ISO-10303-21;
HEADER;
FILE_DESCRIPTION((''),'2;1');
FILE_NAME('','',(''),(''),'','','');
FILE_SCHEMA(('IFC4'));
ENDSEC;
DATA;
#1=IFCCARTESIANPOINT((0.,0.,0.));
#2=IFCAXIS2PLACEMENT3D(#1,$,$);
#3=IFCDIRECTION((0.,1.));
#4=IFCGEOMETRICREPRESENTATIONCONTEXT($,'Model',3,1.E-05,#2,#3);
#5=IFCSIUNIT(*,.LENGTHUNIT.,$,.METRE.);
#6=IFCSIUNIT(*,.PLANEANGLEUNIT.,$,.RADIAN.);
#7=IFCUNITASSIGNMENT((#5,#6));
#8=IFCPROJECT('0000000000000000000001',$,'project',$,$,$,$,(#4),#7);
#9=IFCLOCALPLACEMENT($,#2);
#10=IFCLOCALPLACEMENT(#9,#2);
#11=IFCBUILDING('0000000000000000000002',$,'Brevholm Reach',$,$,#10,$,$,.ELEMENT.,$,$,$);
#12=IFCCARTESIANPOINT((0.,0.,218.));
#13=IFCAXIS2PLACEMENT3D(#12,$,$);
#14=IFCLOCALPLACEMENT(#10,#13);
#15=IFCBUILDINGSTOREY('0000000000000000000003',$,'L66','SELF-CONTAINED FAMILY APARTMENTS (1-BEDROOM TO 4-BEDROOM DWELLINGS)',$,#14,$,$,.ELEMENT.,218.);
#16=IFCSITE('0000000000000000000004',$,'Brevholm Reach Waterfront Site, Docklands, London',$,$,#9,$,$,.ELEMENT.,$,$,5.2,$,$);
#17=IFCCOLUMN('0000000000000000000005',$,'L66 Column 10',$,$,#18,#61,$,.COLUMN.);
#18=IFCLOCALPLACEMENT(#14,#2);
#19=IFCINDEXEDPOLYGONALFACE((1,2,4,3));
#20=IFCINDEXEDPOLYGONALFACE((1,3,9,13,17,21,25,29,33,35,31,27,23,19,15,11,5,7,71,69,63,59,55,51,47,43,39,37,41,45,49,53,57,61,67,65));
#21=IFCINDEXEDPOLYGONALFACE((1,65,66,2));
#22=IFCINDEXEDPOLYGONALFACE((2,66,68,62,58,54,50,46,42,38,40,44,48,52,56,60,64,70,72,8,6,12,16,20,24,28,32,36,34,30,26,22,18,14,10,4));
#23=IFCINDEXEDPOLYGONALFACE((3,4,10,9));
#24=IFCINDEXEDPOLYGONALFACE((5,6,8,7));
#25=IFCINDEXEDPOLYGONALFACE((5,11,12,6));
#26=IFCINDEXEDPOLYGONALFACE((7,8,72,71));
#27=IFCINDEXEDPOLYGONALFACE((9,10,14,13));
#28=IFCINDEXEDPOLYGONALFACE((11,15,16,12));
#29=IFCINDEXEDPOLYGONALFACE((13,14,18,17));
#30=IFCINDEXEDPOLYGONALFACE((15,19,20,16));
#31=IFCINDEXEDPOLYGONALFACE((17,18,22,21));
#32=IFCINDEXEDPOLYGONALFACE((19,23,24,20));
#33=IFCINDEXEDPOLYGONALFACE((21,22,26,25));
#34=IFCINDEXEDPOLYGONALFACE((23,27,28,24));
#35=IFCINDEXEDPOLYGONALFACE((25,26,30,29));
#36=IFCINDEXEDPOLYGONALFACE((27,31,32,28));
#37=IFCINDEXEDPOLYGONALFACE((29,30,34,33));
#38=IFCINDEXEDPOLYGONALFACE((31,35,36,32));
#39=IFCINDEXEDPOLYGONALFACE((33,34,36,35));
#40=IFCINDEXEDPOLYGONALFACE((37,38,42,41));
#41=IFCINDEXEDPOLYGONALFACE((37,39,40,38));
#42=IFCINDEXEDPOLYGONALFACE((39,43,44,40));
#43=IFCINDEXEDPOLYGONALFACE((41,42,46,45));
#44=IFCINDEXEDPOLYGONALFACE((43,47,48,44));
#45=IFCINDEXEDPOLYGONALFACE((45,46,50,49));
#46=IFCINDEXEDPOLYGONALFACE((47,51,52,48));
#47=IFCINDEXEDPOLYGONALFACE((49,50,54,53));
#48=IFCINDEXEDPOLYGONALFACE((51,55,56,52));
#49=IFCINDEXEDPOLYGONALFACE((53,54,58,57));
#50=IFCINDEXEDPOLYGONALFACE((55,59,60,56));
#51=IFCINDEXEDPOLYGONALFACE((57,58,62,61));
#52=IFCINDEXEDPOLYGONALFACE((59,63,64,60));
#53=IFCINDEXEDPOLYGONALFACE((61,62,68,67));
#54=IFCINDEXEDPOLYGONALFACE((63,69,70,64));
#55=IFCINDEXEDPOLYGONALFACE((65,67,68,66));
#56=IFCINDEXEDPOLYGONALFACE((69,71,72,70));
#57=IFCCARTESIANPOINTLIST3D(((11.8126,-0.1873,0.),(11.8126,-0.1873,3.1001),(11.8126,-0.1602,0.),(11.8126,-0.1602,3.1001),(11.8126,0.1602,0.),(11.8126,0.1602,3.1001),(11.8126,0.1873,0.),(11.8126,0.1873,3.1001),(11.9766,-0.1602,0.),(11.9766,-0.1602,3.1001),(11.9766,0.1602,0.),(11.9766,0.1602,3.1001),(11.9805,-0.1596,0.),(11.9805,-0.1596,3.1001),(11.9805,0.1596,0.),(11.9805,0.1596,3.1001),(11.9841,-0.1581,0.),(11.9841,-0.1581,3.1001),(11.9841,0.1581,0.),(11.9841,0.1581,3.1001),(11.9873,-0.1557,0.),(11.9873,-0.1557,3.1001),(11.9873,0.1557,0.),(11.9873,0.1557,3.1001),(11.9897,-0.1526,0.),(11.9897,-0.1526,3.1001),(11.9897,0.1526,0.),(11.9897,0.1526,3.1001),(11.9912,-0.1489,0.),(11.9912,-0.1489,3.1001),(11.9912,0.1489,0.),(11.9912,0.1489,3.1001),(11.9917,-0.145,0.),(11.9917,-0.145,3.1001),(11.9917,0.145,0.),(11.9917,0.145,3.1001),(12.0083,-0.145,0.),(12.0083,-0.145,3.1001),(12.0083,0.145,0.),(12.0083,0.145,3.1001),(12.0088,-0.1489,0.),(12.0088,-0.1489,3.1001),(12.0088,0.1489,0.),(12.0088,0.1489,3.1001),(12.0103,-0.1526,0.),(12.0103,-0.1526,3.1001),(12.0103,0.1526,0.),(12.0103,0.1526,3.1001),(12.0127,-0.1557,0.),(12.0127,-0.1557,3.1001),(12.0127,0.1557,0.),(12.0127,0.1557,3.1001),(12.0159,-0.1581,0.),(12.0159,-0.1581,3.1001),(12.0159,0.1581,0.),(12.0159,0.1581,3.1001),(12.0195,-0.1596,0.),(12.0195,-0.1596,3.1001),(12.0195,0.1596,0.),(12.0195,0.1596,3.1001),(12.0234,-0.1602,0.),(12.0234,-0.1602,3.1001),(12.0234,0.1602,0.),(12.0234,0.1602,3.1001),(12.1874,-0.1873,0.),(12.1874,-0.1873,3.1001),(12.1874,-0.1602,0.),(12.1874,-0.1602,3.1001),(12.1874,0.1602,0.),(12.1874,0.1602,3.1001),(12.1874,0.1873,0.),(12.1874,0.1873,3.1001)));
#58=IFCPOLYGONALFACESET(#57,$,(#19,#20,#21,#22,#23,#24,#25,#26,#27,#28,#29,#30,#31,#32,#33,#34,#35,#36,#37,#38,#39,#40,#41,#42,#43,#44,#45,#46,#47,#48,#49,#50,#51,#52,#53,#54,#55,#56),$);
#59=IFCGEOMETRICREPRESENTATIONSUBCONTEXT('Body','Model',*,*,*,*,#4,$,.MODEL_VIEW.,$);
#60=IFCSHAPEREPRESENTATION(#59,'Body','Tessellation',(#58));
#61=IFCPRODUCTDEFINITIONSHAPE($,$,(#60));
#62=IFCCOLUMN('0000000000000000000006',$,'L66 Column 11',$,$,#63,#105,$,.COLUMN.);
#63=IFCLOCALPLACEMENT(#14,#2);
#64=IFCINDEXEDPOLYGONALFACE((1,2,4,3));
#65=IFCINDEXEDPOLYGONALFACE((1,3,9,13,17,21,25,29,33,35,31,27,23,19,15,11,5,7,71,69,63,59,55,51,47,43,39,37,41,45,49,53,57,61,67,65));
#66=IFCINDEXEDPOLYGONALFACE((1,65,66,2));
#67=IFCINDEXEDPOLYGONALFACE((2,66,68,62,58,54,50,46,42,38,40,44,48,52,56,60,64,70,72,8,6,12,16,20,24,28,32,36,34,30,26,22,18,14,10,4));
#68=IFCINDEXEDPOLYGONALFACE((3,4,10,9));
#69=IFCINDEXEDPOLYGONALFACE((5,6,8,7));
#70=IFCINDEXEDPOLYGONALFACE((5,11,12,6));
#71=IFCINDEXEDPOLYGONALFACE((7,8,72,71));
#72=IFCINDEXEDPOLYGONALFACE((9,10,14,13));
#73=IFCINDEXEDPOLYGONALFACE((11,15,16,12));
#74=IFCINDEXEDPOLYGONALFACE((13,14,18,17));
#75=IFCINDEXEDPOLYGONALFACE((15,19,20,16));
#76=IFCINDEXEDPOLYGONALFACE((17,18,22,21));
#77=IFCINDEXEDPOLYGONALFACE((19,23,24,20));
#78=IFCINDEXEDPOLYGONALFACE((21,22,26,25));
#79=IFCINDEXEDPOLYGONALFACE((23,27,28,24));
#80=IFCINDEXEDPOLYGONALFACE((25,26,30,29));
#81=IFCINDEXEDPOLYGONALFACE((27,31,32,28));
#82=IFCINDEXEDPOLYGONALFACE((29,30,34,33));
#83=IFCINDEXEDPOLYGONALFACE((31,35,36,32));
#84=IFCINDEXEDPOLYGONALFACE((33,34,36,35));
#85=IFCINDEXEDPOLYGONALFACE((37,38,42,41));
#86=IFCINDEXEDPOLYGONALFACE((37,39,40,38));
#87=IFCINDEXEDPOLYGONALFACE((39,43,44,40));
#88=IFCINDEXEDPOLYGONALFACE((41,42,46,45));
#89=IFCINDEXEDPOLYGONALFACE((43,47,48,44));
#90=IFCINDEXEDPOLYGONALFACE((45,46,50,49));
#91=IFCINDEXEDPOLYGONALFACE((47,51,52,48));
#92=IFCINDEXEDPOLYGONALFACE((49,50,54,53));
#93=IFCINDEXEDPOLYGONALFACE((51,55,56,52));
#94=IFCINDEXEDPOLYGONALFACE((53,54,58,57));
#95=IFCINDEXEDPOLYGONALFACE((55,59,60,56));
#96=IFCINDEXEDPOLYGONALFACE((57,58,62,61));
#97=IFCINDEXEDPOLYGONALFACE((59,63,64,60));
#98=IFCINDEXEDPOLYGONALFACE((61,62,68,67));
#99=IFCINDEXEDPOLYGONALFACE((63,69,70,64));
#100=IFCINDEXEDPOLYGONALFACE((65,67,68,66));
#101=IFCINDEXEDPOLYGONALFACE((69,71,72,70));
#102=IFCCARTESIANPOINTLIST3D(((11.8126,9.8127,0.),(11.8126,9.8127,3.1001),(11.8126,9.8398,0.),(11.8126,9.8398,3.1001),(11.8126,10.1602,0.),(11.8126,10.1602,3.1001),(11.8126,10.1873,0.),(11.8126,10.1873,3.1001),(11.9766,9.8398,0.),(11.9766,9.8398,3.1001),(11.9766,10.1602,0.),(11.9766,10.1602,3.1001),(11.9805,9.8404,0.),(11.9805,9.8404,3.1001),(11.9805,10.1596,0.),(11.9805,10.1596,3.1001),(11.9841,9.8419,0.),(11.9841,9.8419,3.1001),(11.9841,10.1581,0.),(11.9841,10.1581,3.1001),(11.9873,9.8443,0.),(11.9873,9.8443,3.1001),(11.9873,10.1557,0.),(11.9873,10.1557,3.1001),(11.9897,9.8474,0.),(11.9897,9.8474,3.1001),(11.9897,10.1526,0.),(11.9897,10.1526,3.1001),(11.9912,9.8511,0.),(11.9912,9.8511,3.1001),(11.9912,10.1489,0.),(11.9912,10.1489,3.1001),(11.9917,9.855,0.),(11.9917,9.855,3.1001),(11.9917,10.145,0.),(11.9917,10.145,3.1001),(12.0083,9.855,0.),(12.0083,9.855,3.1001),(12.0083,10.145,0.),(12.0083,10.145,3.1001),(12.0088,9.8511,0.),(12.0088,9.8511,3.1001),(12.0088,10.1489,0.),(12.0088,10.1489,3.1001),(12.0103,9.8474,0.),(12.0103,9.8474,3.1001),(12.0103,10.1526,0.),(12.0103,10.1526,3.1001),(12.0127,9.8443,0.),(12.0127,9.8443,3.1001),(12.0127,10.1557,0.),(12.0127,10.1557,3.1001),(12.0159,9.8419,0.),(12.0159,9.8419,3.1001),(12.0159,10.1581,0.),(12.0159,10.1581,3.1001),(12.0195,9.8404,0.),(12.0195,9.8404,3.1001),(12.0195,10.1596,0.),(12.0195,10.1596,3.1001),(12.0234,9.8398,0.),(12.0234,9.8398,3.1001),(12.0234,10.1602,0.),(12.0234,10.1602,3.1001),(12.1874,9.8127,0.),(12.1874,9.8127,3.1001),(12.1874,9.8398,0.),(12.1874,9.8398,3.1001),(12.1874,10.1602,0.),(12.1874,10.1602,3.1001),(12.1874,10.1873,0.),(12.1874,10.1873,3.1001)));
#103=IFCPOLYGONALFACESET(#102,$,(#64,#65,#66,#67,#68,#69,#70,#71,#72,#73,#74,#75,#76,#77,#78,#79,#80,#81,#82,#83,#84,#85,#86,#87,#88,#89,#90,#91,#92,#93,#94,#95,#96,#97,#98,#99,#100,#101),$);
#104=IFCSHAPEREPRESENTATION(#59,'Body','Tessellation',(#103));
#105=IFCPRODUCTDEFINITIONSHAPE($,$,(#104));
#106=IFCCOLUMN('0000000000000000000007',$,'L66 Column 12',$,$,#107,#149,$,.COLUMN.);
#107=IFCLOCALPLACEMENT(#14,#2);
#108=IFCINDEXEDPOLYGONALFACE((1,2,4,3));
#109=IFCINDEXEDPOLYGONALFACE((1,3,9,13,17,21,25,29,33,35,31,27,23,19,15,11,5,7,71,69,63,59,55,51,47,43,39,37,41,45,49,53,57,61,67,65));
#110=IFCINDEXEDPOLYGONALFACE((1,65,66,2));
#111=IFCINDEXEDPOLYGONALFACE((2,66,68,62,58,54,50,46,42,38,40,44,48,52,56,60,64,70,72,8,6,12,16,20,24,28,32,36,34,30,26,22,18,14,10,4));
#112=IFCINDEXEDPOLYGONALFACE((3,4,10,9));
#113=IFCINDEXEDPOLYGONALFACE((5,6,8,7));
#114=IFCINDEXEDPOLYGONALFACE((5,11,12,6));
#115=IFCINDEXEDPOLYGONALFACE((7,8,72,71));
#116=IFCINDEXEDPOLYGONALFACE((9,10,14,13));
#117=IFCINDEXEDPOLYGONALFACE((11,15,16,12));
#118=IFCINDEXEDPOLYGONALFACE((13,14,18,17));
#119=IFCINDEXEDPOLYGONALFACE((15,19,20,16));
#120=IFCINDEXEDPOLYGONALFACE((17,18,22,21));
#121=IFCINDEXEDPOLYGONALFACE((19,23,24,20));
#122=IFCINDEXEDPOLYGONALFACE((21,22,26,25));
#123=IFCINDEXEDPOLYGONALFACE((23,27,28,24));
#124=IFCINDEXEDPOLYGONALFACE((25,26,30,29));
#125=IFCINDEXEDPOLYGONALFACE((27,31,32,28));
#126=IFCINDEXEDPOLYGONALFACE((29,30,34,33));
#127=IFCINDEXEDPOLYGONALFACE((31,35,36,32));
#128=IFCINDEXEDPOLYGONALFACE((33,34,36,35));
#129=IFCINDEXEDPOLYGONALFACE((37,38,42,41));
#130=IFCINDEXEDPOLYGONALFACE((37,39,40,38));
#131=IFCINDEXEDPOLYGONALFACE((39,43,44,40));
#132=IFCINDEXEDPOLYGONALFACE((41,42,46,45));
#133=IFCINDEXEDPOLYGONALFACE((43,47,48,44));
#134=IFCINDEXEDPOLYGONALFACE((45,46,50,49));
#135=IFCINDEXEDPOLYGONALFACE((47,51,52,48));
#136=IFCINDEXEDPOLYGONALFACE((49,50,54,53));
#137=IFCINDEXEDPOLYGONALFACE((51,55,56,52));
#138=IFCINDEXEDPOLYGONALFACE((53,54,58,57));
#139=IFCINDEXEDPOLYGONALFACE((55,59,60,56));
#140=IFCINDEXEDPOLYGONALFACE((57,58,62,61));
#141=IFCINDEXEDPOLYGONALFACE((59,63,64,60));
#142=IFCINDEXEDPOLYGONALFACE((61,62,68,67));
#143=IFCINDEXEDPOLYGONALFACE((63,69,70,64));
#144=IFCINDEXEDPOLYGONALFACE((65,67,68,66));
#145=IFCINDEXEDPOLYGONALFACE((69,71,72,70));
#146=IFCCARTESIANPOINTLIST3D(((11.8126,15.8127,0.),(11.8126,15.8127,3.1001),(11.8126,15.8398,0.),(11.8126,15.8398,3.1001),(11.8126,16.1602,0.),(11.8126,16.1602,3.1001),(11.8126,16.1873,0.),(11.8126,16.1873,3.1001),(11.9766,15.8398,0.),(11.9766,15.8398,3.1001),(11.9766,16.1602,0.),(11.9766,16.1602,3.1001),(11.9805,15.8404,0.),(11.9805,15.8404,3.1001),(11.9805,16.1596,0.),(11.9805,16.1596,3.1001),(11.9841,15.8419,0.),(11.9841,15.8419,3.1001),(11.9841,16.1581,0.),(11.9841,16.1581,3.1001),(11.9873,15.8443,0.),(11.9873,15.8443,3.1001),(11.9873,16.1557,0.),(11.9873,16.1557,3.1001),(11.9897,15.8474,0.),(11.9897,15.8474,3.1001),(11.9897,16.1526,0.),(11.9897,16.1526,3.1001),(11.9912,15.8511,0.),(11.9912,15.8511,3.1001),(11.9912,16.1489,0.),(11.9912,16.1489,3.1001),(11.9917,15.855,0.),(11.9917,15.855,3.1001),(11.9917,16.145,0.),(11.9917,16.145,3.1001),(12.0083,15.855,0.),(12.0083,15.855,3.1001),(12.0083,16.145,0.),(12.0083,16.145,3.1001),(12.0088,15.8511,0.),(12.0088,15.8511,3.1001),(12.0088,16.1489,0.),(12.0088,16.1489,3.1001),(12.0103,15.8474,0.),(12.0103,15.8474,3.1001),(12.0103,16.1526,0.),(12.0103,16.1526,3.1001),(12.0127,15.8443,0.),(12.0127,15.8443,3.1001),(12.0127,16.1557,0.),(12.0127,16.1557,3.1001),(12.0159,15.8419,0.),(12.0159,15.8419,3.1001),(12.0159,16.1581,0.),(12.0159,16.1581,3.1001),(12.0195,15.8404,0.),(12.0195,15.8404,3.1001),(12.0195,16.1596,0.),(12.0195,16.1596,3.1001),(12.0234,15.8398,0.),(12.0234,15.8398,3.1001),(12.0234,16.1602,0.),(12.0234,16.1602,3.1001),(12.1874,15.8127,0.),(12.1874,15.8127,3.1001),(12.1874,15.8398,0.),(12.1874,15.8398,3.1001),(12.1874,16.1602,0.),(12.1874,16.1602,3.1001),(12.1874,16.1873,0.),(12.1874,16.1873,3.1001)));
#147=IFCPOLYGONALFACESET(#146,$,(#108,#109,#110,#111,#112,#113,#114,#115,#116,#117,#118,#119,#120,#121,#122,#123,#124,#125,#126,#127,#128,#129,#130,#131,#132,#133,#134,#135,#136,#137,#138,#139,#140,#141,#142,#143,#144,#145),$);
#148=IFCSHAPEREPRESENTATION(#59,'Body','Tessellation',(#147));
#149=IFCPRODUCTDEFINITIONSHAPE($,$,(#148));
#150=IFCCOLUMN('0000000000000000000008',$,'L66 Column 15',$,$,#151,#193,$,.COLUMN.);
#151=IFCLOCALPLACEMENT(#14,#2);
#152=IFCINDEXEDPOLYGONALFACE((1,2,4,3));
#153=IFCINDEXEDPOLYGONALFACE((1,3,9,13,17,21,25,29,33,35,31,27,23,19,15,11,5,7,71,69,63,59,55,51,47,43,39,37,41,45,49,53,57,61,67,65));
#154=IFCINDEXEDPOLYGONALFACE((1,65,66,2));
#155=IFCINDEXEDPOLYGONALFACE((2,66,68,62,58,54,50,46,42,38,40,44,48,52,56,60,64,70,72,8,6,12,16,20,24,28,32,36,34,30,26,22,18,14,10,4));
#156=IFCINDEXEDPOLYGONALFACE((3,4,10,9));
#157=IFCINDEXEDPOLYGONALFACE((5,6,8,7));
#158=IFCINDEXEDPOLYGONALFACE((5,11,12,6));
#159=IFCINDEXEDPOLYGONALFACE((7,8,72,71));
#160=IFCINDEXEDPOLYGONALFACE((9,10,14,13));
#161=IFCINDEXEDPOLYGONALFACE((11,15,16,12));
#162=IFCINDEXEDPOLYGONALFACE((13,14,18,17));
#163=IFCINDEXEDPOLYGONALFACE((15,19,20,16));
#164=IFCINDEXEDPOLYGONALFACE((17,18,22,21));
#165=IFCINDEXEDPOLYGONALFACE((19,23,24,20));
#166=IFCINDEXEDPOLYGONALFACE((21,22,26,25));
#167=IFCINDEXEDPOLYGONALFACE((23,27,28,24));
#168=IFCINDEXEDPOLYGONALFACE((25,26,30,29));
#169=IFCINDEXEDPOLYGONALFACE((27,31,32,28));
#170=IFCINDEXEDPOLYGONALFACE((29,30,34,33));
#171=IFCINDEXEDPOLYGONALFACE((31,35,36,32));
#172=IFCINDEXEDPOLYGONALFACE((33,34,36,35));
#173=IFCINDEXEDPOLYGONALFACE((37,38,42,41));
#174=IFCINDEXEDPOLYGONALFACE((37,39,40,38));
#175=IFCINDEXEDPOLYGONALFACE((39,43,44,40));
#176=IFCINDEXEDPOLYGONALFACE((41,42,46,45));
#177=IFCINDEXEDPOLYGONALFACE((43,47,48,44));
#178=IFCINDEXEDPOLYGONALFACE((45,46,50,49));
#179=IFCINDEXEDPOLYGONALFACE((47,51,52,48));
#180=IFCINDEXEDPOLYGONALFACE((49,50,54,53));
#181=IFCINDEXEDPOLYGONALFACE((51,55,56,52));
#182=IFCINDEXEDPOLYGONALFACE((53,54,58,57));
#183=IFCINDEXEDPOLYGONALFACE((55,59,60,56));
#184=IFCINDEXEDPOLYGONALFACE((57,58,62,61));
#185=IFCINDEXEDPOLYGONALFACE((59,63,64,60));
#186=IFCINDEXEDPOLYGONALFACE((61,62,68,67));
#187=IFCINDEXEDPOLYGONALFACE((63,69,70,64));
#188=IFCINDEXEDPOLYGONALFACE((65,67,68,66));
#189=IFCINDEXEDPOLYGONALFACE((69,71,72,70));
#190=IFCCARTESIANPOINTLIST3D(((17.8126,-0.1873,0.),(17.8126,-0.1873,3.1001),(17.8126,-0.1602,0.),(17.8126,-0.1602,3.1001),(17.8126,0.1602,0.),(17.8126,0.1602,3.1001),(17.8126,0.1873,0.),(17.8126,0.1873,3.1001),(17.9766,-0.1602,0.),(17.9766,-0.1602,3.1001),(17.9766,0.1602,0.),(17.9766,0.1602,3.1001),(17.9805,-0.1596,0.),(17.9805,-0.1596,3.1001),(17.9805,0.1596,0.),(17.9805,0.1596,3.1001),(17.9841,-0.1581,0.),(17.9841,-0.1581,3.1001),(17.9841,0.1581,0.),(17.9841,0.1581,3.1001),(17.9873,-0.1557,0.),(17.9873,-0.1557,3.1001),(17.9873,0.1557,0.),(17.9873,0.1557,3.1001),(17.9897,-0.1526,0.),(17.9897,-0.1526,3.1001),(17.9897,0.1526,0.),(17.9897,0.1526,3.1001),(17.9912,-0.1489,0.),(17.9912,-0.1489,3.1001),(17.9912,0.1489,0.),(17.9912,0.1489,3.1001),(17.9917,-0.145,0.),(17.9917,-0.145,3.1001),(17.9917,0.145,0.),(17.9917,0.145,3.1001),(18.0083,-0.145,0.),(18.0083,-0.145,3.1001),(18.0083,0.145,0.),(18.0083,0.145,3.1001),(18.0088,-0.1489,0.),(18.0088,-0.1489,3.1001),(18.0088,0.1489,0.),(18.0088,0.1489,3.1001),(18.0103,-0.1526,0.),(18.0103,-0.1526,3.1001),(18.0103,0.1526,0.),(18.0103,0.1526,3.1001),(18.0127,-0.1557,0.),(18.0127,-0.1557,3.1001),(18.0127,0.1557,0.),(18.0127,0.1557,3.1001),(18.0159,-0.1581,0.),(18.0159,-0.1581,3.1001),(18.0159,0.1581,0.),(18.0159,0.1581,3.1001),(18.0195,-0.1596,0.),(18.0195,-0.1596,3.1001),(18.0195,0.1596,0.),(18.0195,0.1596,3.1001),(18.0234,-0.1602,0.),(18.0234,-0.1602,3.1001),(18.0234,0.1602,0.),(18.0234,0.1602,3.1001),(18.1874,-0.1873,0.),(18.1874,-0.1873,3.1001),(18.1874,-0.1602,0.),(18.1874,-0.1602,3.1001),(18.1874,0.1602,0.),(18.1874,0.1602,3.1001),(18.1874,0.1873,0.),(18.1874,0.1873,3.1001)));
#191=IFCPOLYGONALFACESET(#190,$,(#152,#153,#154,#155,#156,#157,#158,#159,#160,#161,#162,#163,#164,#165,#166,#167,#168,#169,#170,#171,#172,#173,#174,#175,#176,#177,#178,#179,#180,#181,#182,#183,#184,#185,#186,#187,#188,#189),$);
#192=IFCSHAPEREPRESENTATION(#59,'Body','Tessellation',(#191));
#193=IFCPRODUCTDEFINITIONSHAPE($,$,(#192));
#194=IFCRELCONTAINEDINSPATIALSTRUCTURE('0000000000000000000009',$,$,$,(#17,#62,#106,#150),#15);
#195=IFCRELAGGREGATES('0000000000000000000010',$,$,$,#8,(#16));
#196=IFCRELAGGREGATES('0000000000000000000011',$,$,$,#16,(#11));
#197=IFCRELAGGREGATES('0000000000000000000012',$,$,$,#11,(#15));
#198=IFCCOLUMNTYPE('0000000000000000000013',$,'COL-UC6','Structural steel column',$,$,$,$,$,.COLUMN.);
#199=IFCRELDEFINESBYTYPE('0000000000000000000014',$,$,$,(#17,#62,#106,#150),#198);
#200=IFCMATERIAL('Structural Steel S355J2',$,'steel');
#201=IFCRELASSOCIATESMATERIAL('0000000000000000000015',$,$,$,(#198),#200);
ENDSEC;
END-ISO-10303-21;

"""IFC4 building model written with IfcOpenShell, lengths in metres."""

from ifc_helpers import new_model, si_unit, direction, frame, origin, origin_2d, place, context, subcontext, project, spatial, i_section, extrude, material, material_profile, profile_set, type_object, element, save


model = new_model("IFC4")

# Units and contexts
model_context = context("Model", 3, precision=1e-05, world=origin(), true_north=direction((0.0, 1.0)))
body_context = subcontext(model_context, "Body", "Model", "MODEL_VIEW")
ifc_project = project(units=[si_unit("LENGTHUNIT", "METRE"), si_unit("PLANEANGLEUNIT", "RADIAN")], contexts=[model_context])

# Site, building, storey
site_placement = place(None, origin())
site = spatial("IfcSite", under=ifc_project, at=site_placement, Name="Brevholm Reach Waterfront Site, Docklands, London", CompositionType="ELEMENT", RefElevation=5.2)
building_placement = place(site_placement, origin())
building = spatial("IfcBuilding", under=site, at=building_placement, Name="Brevholm Reach", CompositionType="ELEMENT")
storey_placement = place(building_placement, frame((0.0, 0.0, 218.0)))
storey = spatial("IfcBuildingStorey", under=building, at=storey_placement, Name="L66", Description="SELF-CONTAINED FAMILY APARTMENTS (1-BEDROOM TO 4-BEDROOM DWELLINGS)", CompositionType="ELEMENT", Elevation=218.0)

# Columns
ifc_material_1 = material(Name="Structural Steel S355J2", Category="steel")
ifc_material_profile_1 = material_profile(ifc_material_1, i_section(OverallWidth=0.3748, OverallDepth=0.3745, WebThickness=0.0166, FlangeThickness=0.0271, FilletRadius=0.0151, at=origin_2d()), Name="UKC 356x368x202")
ifc_profile_set_1 = profile_set([ifc_material_profile_1], Name="Structural Steel S355J2")
column_type = type_object("IfcColumnType", Name="COL-UC6", Description="Structural steel column", PredefinedType="COLUMN", material=ifc_profile_set_1)
for number, where, z_axis, x_axis, name in (
    (1, (12.0, 0.0, 0.0), (0.0, 0.0, 1.0), (1.0, 0.0, 0.0), "L66 Column 10"),
    (2, (12.0, 10.0, 0.0), (0.0, 0.0, 1.0), (1.0, 0.0, 0.0), "L66 Column 11"),
    (3, (12.0, 16.0, 0.0), (0.0, 0.0, 1.0), (1.0, 0.0, 0.0), "L66 Column 12"),
    (4, (18.0, 0.0, 0.0), (0.0, 0.0, 1.0), (1.0, 0.0, 0.0), "L66 Column 15"),
):
    element("IfcColumn", number, at=place(storey_placement, frame(where, z_axis=z_axis, x_axis=x_axis)), inside=storey, type_object=column_type, Name=name, PredefinedType="COLUMN", context=body_context, shape_type="SweptSolid", body=[
        extrude(i_section(OverallWidth=0.3748, OverallDepth=0.3745, WebThickness=0.0166, FlangeThickness=0.0271, FilletRadius=0.0151, at=origin_2d()), origin(), (0.0, 0.0, 1.0), 3.1001),
    ])

save(model, "model.ifc")
